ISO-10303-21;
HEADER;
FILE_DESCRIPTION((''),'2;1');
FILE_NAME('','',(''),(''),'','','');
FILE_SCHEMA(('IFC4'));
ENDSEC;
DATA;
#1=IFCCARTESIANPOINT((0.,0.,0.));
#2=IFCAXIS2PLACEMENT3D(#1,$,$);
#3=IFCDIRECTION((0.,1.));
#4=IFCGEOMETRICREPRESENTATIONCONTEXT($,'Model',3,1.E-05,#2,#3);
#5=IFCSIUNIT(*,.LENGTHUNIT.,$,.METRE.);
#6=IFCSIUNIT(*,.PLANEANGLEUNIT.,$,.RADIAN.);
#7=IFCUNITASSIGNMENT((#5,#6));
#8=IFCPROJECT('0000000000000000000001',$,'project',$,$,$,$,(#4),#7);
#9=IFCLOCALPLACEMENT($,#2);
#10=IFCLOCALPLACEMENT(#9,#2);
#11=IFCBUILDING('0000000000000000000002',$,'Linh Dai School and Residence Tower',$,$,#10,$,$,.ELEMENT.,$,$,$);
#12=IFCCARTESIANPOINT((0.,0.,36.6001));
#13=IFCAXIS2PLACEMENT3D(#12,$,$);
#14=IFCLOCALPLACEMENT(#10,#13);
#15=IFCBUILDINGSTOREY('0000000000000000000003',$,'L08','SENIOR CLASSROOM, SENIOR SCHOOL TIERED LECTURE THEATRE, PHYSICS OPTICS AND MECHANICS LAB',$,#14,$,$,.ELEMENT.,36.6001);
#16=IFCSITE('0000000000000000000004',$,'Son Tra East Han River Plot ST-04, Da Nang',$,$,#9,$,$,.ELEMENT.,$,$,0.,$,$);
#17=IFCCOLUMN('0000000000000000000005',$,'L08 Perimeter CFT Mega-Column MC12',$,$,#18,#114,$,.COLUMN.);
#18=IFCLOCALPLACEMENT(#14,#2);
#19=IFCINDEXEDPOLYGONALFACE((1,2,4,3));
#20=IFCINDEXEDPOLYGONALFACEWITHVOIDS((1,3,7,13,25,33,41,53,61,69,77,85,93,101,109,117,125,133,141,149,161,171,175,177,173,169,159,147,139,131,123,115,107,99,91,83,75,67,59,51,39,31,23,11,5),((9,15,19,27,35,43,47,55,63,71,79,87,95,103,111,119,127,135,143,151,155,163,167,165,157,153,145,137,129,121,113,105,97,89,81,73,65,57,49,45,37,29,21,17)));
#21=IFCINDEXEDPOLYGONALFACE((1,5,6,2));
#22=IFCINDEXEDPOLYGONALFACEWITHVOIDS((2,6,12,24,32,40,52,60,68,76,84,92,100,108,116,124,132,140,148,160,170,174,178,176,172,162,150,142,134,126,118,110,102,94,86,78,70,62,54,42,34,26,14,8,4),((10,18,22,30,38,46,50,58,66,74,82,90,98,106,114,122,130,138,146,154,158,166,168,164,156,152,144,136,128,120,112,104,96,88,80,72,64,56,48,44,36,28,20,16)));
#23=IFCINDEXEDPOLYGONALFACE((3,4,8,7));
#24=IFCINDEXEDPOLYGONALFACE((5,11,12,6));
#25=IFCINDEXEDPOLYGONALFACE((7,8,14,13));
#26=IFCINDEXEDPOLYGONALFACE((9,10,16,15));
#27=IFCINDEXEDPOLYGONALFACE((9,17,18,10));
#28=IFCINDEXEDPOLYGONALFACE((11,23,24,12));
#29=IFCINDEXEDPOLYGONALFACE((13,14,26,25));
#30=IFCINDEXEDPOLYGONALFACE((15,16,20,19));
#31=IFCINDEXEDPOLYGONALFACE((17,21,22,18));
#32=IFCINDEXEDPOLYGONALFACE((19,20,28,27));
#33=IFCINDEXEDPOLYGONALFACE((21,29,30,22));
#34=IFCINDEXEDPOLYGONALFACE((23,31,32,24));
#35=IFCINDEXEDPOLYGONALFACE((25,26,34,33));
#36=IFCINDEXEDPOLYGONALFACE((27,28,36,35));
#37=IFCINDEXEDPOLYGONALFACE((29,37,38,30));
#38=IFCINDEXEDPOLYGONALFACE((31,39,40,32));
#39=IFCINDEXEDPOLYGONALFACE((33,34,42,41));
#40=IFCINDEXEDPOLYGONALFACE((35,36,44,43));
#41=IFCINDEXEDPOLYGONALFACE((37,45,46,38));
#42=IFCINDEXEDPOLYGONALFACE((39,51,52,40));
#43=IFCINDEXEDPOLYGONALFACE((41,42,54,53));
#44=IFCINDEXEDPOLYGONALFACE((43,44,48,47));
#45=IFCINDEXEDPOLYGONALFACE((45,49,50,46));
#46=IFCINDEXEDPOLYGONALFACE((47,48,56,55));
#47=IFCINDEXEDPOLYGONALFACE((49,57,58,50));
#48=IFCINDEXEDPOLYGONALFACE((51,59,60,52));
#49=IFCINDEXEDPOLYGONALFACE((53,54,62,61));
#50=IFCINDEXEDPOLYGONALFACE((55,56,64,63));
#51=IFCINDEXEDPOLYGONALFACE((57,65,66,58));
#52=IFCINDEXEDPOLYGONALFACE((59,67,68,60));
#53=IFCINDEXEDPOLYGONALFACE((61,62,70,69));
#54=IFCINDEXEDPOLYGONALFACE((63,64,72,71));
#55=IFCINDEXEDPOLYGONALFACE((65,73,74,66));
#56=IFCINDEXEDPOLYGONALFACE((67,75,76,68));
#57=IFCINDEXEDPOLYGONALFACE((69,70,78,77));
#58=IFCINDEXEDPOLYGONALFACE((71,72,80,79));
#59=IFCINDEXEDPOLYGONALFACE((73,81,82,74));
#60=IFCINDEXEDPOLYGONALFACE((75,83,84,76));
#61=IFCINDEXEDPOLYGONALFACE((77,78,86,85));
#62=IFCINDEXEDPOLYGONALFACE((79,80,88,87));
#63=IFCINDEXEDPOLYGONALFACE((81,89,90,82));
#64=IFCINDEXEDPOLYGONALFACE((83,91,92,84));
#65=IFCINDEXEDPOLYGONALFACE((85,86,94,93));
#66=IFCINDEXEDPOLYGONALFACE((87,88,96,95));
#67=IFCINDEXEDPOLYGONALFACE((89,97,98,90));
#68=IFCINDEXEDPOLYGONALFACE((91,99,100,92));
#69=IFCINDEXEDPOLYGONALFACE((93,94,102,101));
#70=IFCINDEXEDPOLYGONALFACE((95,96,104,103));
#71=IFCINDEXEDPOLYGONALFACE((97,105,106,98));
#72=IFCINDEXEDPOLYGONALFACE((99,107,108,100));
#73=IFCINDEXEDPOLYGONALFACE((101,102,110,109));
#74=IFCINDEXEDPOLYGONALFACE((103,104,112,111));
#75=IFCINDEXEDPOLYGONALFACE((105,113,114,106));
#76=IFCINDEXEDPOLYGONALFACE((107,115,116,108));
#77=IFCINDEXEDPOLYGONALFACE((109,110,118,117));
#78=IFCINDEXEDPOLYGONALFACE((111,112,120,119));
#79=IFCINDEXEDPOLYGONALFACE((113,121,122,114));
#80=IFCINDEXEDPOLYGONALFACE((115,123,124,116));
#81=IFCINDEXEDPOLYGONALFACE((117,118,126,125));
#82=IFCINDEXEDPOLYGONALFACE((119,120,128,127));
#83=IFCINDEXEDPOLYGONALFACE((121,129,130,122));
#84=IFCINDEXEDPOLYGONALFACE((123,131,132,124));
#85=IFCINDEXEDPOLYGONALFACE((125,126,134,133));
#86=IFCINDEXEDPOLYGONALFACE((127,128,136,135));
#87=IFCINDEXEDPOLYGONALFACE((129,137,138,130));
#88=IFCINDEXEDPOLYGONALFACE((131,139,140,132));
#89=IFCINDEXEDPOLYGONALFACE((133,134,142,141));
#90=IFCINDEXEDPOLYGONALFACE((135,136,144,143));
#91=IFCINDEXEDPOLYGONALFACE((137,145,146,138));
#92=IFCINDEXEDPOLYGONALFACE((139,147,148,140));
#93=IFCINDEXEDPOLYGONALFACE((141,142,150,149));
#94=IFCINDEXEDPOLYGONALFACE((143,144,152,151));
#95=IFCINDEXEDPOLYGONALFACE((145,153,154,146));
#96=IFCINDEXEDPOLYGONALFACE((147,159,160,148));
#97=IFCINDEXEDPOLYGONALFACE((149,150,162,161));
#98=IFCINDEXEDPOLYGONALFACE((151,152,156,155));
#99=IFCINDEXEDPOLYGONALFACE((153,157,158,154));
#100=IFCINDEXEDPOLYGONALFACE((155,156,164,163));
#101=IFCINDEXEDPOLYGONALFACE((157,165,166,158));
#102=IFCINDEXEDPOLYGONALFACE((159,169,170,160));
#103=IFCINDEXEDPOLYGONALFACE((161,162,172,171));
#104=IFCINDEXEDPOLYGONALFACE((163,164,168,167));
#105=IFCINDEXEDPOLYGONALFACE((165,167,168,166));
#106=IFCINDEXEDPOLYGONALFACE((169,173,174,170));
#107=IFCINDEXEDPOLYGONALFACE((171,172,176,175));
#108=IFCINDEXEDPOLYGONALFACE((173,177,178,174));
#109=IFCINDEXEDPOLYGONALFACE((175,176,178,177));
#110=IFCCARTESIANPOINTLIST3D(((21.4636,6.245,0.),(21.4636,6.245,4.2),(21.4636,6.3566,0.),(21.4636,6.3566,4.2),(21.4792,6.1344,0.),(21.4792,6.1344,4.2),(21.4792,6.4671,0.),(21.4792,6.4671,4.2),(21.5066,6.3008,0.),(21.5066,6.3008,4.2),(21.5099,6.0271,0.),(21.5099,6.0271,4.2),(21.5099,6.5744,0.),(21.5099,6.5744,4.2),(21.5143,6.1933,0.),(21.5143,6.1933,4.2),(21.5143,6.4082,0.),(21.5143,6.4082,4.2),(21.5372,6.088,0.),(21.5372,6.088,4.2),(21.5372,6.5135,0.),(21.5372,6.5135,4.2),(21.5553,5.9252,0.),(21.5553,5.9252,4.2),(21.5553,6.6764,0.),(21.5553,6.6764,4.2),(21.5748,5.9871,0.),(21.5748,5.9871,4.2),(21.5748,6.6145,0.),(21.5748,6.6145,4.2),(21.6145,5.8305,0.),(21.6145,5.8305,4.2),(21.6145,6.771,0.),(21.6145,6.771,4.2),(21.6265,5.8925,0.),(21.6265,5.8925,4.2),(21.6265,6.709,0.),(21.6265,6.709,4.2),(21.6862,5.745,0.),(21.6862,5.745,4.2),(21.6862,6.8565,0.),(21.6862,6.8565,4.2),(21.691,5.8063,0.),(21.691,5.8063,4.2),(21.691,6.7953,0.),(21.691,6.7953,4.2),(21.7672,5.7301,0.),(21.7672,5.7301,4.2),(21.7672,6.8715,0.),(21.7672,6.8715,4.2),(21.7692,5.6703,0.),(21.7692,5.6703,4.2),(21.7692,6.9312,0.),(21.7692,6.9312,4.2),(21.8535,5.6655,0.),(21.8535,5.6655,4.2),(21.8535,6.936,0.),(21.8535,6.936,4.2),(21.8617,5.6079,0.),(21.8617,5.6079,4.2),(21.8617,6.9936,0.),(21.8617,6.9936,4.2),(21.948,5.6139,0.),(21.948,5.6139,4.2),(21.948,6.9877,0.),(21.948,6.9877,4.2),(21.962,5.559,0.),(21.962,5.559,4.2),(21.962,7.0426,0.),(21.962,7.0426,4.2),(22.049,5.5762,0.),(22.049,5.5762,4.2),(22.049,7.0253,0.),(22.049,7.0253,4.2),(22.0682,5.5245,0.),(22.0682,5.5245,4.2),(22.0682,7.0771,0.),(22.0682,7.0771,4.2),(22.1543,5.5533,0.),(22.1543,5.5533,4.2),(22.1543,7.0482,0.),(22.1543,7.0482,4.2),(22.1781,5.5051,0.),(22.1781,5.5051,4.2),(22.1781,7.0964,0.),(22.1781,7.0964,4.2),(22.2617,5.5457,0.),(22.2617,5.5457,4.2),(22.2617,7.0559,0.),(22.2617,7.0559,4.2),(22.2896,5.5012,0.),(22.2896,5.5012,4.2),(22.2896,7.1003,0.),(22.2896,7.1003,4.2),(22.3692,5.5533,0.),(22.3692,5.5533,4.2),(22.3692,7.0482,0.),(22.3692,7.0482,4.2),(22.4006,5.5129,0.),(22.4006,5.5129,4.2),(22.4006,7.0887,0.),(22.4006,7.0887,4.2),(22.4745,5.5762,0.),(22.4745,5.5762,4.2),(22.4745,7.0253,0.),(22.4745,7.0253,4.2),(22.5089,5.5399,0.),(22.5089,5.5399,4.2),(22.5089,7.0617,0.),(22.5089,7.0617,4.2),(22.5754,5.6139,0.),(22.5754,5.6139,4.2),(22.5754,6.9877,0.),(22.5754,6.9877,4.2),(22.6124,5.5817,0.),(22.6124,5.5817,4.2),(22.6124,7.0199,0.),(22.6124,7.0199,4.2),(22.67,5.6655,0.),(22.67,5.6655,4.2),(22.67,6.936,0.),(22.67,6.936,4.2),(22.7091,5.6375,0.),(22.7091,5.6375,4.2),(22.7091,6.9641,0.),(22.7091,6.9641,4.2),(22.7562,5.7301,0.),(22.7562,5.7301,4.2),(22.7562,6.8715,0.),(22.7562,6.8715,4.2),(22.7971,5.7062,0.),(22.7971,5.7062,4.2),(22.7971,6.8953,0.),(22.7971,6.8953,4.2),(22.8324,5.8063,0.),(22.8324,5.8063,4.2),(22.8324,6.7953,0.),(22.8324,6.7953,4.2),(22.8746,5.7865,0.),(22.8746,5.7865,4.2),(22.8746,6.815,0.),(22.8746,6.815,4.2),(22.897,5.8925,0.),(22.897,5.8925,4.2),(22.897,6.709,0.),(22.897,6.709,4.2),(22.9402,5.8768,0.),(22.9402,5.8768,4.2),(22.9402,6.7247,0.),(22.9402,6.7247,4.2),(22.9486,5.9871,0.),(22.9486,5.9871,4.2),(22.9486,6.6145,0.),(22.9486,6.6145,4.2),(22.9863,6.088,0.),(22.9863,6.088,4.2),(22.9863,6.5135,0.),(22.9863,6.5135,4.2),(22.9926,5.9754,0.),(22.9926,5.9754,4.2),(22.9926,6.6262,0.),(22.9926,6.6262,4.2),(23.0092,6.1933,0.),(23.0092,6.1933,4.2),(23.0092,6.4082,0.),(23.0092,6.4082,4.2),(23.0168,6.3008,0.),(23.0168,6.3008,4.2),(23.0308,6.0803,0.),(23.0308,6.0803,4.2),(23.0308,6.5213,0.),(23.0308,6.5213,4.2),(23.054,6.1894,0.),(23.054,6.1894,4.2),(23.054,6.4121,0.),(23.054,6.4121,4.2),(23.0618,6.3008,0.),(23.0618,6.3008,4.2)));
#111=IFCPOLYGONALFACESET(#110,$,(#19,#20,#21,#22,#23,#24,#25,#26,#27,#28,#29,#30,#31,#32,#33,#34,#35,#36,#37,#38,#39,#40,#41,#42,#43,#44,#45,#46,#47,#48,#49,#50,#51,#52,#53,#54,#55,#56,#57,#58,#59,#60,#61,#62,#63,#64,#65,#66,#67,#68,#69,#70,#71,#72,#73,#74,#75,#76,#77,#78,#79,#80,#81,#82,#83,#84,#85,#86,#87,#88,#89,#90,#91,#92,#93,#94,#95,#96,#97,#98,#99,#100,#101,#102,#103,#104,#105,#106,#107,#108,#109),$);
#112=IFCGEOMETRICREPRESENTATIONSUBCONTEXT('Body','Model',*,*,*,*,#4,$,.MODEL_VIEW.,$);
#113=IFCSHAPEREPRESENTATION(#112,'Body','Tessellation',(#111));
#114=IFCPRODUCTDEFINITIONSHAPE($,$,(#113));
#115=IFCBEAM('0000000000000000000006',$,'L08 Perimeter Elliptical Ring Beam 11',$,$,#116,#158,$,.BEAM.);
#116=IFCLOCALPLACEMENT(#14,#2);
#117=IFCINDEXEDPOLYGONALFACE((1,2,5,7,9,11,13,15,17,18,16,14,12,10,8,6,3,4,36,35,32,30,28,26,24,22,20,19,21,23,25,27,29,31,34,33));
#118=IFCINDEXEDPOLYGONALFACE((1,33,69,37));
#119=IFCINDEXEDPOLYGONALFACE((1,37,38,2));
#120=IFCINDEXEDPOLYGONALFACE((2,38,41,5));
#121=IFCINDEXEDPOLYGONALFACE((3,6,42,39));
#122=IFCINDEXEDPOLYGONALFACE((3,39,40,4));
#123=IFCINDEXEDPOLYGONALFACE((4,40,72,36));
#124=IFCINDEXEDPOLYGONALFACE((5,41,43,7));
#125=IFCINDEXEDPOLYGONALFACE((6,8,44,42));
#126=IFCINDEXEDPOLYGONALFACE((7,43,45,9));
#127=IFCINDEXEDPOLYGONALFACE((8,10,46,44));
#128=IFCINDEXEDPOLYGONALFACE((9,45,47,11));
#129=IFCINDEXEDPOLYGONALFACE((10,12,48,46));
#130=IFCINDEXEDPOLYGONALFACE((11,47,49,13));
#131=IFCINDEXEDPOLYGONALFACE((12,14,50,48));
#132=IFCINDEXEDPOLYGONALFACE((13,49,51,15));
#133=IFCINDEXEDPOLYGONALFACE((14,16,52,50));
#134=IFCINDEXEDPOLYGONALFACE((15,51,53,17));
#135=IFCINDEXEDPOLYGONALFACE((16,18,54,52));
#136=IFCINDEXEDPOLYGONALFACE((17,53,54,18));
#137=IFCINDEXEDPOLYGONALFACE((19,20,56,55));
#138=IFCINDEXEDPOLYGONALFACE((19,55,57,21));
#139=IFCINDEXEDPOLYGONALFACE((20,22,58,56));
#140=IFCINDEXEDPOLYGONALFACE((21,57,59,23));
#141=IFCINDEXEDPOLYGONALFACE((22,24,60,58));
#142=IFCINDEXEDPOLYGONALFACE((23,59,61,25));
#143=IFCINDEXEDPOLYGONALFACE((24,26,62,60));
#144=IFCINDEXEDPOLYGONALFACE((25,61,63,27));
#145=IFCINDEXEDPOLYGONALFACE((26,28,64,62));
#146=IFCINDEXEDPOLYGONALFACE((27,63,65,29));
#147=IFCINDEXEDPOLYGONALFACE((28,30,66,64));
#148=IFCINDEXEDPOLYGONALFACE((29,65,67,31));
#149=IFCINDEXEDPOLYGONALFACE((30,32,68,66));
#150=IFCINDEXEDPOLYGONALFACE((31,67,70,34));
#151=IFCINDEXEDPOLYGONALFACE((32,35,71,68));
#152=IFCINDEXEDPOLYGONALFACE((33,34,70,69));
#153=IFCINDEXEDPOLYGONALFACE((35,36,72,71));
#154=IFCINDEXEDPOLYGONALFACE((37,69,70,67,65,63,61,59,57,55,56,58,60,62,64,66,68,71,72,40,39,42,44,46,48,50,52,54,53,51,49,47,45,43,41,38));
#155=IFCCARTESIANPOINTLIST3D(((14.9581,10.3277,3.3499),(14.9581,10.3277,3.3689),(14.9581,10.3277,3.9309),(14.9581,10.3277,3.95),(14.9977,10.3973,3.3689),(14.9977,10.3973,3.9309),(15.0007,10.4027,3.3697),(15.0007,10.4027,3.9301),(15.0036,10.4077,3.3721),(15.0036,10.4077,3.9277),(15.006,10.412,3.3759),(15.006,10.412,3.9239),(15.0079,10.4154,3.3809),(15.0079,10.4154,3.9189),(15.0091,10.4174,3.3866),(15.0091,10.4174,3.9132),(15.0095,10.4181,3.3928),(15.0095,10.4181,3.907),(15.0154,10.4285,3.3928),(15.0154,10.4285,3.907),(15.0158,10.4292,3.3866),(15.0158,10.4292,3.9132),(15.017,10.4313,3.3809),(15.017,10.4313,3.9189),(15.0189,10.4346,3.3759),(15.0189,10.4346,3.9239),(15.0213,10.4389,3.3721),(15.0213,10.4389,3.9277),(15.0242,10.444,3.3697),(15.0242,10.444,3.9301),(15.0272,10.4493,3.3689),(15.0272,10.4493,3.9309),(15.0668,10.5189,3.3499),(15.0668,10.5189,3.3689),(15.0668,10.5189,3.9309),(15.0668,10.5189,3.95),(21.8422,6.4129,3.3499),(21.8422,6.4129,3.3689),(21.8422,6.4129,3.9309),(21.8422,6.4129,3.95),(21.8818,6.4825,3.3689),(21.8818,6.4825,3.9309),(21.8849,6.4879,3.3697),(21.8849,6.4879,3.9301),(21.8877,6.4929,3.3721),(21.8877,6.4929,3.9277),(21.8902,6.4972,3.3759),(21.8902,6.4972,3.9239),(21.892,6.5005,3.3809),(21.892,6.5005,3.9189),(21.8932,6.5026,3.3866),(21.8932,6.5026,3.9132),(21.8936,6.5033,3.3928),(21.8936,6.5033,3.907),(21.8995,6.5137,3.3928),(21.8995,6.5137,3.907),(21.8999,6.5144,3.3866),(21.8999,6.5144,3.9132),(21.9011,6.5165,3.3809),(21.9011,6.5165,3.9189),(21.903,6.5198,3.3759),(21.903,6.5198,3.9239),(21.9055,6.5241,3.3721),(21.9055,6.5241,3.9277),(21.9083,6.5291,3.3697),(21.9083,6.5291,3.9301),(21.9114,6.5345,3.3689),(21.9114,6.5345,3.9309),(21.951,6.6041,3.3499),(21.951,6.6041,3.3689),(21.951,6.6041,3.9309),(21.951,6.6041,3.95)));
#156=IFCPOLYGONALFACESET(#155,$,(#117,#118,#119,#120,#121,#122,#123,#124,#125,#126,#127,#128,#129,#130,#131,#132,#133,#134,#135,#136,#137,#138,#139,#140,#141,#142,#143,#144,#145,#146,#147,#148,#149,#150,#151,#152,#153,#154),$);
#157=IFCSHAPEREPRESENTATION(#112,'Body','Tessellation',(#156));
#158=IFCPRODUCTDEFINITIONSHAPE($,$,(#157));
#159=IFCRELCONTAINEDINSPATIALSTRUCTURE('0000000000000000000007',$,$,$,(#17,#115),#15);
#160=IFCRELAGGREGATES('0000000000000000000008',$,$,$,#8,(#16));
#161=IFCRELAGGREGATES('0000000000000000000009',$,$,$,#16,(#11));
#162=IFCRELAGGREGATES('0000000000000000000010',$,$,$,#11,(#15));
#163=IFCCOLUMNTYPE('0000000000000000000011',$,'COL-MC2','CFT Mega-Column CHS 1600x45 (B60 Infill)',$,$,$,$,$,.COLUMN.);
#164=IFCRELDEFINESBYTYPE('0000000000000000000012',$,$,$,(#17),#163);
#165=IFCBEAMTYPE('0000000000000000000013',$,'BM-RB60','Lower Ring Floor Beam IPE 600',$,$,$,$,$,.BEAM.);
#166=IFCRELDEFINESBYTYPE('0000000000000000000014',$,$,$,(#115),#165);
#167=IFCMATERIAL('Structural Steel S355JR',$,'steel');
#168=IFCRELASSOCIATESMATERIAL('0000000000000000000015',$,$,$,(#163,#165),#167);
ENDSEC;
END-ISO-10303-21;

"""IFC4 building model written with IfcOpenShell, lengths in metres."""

from ifc_helpers import new_model, si_unit, direction, frame, origin, origin_2d, place, context, subcontext, project, spatial, hollow_circle, i_section, extrude, material, material_profile, profile_set, type_object, element, save


model = new_model("IFC4")

# Units and contexts
model_context = context("Model", 3, precision=1e-05, world=origin(), true_north=direction((0.0, 1.0)))
body_context = subcontext(model_context, "Body", "Model", "MODEL_VIEW")
ifc_project = project(units=[si_unit("LENGTHUNIT", "METRE"), si_unit("PLANEANGLEUNIT", "RADIAN")], contexts=[model_context])

# Site, building, storey
site_placement = place(None, origin())
site = spatial("IfcSite", under=ifc_project, at=site_placement, Name="Son Tra East Han River Plot ST-04, Da Nang", CompositionType="ELEMENT", RefElevation=0.0)
building_placement = place(site_placement, origin())
building = spatial("IfcBuilding", under=site, at=building_placement, Name="Linh Dai School and Residence Tower", CompositionType="ELEMENT")
storey_placement = place(building_placement, frame((0.0, 0.0, 36.6001)))
storey = spatial("IfcBuildingStorey", under=building, at=storey_placement, Name="L08", Description="SENIOR CLASSROOM, SENIOR SCHOOL TIERED LECTURE THEATRE, PHYSICS OPTICS AND MECHANICS LAB", CompositionType="ELEMENT", Elevation=36.6001)

# Column
ifc_material_1 = material(Name="Structural Steel S355JR", Category="steel")
ifc_material_profile_1 = material_profile(ifc_material_1, hollow_circle(Radius=0.8, WallThickness=0.0449, at=origin_2d()), Name="CHS 1600x45")
ifc_profile_set_1 = profile_set([ifc_material_profile_1], Name="Structural Steel S355JR")
column_type = type_object("IfcColumnType", Name="COL-MC2", Description="CFT Mega-Column CHS 1600x45 (B60 Infill)", PredefinedType="COLUMN", material=ifc_profile_set_1)
for number, where, z_axis, x_axis, name in (
    (1, (22.2617, 6.3008, 0.0), (0.0, 0.0, 1.0), (1.0, 0.0, 0.0), "L08 Perimeter CFT Mega-Column MC12"),
):
    element("IfcColumn", number, at=place(storey_placement, frame(where, z_axis=z_axis, x_axis=x_axis)), inside=storey, type_object=column_type, Name=name, PredefinedType="COLUMN", context=body_context, shape_type="SweptSolid", body=[
        extrude(hollow_circle(Radius=0.8, WallThickness=0.0449, at=origin_2d()), origin(), (0.0, 0.0, 1.0), 4.2),
    ])

# Beam
ifc_material_profile_2 = material_profile(ifc_material_1, i_section(OverallWidth=0.22, OverallDepth=0.6001, WebThickness=0.012, FlangeThickness=0.019, FilletRadius=0.0239, at=origin_2d()), Name="IPE 600")
ifc_profile_set_2 = profile_set([ifc_material_profile_2], Name="Structural Steel S355JR")
beam_type = type_object("IfcBeamType", Name="BM-RB60", Description="Lower Ring Floor Beam IPE 600", PredefinedType="BEAM", material=ifc_profile_set_2)
beam_1_placement = place(storey_placement, frame((15.0125, 10.4233, 3.6499), z_axis=(0.869271, -0.494335, 0.0), x_axis=(0.494335, 0.869271, 0.0)))
element("IfcBeam", 2, at=beam_1_placement, inside=storey, type_object=beam_type, Name="L08 Perimeter Elliptical Ring Beam 11", PredefinedType="BEAM", context=body_context, shape_type="SweptSolid", body=[
    extrude(i_section(OverallWidth=0.22, OverallDepth=0.6001, WebThickness=0.012, FlangeThickness=0.019, FilletRadius=0.0239, at=origin_2d()), origin(), (0.0, 0.0, 1.0), 7.9194),
])

save(model, "model.ifc")
